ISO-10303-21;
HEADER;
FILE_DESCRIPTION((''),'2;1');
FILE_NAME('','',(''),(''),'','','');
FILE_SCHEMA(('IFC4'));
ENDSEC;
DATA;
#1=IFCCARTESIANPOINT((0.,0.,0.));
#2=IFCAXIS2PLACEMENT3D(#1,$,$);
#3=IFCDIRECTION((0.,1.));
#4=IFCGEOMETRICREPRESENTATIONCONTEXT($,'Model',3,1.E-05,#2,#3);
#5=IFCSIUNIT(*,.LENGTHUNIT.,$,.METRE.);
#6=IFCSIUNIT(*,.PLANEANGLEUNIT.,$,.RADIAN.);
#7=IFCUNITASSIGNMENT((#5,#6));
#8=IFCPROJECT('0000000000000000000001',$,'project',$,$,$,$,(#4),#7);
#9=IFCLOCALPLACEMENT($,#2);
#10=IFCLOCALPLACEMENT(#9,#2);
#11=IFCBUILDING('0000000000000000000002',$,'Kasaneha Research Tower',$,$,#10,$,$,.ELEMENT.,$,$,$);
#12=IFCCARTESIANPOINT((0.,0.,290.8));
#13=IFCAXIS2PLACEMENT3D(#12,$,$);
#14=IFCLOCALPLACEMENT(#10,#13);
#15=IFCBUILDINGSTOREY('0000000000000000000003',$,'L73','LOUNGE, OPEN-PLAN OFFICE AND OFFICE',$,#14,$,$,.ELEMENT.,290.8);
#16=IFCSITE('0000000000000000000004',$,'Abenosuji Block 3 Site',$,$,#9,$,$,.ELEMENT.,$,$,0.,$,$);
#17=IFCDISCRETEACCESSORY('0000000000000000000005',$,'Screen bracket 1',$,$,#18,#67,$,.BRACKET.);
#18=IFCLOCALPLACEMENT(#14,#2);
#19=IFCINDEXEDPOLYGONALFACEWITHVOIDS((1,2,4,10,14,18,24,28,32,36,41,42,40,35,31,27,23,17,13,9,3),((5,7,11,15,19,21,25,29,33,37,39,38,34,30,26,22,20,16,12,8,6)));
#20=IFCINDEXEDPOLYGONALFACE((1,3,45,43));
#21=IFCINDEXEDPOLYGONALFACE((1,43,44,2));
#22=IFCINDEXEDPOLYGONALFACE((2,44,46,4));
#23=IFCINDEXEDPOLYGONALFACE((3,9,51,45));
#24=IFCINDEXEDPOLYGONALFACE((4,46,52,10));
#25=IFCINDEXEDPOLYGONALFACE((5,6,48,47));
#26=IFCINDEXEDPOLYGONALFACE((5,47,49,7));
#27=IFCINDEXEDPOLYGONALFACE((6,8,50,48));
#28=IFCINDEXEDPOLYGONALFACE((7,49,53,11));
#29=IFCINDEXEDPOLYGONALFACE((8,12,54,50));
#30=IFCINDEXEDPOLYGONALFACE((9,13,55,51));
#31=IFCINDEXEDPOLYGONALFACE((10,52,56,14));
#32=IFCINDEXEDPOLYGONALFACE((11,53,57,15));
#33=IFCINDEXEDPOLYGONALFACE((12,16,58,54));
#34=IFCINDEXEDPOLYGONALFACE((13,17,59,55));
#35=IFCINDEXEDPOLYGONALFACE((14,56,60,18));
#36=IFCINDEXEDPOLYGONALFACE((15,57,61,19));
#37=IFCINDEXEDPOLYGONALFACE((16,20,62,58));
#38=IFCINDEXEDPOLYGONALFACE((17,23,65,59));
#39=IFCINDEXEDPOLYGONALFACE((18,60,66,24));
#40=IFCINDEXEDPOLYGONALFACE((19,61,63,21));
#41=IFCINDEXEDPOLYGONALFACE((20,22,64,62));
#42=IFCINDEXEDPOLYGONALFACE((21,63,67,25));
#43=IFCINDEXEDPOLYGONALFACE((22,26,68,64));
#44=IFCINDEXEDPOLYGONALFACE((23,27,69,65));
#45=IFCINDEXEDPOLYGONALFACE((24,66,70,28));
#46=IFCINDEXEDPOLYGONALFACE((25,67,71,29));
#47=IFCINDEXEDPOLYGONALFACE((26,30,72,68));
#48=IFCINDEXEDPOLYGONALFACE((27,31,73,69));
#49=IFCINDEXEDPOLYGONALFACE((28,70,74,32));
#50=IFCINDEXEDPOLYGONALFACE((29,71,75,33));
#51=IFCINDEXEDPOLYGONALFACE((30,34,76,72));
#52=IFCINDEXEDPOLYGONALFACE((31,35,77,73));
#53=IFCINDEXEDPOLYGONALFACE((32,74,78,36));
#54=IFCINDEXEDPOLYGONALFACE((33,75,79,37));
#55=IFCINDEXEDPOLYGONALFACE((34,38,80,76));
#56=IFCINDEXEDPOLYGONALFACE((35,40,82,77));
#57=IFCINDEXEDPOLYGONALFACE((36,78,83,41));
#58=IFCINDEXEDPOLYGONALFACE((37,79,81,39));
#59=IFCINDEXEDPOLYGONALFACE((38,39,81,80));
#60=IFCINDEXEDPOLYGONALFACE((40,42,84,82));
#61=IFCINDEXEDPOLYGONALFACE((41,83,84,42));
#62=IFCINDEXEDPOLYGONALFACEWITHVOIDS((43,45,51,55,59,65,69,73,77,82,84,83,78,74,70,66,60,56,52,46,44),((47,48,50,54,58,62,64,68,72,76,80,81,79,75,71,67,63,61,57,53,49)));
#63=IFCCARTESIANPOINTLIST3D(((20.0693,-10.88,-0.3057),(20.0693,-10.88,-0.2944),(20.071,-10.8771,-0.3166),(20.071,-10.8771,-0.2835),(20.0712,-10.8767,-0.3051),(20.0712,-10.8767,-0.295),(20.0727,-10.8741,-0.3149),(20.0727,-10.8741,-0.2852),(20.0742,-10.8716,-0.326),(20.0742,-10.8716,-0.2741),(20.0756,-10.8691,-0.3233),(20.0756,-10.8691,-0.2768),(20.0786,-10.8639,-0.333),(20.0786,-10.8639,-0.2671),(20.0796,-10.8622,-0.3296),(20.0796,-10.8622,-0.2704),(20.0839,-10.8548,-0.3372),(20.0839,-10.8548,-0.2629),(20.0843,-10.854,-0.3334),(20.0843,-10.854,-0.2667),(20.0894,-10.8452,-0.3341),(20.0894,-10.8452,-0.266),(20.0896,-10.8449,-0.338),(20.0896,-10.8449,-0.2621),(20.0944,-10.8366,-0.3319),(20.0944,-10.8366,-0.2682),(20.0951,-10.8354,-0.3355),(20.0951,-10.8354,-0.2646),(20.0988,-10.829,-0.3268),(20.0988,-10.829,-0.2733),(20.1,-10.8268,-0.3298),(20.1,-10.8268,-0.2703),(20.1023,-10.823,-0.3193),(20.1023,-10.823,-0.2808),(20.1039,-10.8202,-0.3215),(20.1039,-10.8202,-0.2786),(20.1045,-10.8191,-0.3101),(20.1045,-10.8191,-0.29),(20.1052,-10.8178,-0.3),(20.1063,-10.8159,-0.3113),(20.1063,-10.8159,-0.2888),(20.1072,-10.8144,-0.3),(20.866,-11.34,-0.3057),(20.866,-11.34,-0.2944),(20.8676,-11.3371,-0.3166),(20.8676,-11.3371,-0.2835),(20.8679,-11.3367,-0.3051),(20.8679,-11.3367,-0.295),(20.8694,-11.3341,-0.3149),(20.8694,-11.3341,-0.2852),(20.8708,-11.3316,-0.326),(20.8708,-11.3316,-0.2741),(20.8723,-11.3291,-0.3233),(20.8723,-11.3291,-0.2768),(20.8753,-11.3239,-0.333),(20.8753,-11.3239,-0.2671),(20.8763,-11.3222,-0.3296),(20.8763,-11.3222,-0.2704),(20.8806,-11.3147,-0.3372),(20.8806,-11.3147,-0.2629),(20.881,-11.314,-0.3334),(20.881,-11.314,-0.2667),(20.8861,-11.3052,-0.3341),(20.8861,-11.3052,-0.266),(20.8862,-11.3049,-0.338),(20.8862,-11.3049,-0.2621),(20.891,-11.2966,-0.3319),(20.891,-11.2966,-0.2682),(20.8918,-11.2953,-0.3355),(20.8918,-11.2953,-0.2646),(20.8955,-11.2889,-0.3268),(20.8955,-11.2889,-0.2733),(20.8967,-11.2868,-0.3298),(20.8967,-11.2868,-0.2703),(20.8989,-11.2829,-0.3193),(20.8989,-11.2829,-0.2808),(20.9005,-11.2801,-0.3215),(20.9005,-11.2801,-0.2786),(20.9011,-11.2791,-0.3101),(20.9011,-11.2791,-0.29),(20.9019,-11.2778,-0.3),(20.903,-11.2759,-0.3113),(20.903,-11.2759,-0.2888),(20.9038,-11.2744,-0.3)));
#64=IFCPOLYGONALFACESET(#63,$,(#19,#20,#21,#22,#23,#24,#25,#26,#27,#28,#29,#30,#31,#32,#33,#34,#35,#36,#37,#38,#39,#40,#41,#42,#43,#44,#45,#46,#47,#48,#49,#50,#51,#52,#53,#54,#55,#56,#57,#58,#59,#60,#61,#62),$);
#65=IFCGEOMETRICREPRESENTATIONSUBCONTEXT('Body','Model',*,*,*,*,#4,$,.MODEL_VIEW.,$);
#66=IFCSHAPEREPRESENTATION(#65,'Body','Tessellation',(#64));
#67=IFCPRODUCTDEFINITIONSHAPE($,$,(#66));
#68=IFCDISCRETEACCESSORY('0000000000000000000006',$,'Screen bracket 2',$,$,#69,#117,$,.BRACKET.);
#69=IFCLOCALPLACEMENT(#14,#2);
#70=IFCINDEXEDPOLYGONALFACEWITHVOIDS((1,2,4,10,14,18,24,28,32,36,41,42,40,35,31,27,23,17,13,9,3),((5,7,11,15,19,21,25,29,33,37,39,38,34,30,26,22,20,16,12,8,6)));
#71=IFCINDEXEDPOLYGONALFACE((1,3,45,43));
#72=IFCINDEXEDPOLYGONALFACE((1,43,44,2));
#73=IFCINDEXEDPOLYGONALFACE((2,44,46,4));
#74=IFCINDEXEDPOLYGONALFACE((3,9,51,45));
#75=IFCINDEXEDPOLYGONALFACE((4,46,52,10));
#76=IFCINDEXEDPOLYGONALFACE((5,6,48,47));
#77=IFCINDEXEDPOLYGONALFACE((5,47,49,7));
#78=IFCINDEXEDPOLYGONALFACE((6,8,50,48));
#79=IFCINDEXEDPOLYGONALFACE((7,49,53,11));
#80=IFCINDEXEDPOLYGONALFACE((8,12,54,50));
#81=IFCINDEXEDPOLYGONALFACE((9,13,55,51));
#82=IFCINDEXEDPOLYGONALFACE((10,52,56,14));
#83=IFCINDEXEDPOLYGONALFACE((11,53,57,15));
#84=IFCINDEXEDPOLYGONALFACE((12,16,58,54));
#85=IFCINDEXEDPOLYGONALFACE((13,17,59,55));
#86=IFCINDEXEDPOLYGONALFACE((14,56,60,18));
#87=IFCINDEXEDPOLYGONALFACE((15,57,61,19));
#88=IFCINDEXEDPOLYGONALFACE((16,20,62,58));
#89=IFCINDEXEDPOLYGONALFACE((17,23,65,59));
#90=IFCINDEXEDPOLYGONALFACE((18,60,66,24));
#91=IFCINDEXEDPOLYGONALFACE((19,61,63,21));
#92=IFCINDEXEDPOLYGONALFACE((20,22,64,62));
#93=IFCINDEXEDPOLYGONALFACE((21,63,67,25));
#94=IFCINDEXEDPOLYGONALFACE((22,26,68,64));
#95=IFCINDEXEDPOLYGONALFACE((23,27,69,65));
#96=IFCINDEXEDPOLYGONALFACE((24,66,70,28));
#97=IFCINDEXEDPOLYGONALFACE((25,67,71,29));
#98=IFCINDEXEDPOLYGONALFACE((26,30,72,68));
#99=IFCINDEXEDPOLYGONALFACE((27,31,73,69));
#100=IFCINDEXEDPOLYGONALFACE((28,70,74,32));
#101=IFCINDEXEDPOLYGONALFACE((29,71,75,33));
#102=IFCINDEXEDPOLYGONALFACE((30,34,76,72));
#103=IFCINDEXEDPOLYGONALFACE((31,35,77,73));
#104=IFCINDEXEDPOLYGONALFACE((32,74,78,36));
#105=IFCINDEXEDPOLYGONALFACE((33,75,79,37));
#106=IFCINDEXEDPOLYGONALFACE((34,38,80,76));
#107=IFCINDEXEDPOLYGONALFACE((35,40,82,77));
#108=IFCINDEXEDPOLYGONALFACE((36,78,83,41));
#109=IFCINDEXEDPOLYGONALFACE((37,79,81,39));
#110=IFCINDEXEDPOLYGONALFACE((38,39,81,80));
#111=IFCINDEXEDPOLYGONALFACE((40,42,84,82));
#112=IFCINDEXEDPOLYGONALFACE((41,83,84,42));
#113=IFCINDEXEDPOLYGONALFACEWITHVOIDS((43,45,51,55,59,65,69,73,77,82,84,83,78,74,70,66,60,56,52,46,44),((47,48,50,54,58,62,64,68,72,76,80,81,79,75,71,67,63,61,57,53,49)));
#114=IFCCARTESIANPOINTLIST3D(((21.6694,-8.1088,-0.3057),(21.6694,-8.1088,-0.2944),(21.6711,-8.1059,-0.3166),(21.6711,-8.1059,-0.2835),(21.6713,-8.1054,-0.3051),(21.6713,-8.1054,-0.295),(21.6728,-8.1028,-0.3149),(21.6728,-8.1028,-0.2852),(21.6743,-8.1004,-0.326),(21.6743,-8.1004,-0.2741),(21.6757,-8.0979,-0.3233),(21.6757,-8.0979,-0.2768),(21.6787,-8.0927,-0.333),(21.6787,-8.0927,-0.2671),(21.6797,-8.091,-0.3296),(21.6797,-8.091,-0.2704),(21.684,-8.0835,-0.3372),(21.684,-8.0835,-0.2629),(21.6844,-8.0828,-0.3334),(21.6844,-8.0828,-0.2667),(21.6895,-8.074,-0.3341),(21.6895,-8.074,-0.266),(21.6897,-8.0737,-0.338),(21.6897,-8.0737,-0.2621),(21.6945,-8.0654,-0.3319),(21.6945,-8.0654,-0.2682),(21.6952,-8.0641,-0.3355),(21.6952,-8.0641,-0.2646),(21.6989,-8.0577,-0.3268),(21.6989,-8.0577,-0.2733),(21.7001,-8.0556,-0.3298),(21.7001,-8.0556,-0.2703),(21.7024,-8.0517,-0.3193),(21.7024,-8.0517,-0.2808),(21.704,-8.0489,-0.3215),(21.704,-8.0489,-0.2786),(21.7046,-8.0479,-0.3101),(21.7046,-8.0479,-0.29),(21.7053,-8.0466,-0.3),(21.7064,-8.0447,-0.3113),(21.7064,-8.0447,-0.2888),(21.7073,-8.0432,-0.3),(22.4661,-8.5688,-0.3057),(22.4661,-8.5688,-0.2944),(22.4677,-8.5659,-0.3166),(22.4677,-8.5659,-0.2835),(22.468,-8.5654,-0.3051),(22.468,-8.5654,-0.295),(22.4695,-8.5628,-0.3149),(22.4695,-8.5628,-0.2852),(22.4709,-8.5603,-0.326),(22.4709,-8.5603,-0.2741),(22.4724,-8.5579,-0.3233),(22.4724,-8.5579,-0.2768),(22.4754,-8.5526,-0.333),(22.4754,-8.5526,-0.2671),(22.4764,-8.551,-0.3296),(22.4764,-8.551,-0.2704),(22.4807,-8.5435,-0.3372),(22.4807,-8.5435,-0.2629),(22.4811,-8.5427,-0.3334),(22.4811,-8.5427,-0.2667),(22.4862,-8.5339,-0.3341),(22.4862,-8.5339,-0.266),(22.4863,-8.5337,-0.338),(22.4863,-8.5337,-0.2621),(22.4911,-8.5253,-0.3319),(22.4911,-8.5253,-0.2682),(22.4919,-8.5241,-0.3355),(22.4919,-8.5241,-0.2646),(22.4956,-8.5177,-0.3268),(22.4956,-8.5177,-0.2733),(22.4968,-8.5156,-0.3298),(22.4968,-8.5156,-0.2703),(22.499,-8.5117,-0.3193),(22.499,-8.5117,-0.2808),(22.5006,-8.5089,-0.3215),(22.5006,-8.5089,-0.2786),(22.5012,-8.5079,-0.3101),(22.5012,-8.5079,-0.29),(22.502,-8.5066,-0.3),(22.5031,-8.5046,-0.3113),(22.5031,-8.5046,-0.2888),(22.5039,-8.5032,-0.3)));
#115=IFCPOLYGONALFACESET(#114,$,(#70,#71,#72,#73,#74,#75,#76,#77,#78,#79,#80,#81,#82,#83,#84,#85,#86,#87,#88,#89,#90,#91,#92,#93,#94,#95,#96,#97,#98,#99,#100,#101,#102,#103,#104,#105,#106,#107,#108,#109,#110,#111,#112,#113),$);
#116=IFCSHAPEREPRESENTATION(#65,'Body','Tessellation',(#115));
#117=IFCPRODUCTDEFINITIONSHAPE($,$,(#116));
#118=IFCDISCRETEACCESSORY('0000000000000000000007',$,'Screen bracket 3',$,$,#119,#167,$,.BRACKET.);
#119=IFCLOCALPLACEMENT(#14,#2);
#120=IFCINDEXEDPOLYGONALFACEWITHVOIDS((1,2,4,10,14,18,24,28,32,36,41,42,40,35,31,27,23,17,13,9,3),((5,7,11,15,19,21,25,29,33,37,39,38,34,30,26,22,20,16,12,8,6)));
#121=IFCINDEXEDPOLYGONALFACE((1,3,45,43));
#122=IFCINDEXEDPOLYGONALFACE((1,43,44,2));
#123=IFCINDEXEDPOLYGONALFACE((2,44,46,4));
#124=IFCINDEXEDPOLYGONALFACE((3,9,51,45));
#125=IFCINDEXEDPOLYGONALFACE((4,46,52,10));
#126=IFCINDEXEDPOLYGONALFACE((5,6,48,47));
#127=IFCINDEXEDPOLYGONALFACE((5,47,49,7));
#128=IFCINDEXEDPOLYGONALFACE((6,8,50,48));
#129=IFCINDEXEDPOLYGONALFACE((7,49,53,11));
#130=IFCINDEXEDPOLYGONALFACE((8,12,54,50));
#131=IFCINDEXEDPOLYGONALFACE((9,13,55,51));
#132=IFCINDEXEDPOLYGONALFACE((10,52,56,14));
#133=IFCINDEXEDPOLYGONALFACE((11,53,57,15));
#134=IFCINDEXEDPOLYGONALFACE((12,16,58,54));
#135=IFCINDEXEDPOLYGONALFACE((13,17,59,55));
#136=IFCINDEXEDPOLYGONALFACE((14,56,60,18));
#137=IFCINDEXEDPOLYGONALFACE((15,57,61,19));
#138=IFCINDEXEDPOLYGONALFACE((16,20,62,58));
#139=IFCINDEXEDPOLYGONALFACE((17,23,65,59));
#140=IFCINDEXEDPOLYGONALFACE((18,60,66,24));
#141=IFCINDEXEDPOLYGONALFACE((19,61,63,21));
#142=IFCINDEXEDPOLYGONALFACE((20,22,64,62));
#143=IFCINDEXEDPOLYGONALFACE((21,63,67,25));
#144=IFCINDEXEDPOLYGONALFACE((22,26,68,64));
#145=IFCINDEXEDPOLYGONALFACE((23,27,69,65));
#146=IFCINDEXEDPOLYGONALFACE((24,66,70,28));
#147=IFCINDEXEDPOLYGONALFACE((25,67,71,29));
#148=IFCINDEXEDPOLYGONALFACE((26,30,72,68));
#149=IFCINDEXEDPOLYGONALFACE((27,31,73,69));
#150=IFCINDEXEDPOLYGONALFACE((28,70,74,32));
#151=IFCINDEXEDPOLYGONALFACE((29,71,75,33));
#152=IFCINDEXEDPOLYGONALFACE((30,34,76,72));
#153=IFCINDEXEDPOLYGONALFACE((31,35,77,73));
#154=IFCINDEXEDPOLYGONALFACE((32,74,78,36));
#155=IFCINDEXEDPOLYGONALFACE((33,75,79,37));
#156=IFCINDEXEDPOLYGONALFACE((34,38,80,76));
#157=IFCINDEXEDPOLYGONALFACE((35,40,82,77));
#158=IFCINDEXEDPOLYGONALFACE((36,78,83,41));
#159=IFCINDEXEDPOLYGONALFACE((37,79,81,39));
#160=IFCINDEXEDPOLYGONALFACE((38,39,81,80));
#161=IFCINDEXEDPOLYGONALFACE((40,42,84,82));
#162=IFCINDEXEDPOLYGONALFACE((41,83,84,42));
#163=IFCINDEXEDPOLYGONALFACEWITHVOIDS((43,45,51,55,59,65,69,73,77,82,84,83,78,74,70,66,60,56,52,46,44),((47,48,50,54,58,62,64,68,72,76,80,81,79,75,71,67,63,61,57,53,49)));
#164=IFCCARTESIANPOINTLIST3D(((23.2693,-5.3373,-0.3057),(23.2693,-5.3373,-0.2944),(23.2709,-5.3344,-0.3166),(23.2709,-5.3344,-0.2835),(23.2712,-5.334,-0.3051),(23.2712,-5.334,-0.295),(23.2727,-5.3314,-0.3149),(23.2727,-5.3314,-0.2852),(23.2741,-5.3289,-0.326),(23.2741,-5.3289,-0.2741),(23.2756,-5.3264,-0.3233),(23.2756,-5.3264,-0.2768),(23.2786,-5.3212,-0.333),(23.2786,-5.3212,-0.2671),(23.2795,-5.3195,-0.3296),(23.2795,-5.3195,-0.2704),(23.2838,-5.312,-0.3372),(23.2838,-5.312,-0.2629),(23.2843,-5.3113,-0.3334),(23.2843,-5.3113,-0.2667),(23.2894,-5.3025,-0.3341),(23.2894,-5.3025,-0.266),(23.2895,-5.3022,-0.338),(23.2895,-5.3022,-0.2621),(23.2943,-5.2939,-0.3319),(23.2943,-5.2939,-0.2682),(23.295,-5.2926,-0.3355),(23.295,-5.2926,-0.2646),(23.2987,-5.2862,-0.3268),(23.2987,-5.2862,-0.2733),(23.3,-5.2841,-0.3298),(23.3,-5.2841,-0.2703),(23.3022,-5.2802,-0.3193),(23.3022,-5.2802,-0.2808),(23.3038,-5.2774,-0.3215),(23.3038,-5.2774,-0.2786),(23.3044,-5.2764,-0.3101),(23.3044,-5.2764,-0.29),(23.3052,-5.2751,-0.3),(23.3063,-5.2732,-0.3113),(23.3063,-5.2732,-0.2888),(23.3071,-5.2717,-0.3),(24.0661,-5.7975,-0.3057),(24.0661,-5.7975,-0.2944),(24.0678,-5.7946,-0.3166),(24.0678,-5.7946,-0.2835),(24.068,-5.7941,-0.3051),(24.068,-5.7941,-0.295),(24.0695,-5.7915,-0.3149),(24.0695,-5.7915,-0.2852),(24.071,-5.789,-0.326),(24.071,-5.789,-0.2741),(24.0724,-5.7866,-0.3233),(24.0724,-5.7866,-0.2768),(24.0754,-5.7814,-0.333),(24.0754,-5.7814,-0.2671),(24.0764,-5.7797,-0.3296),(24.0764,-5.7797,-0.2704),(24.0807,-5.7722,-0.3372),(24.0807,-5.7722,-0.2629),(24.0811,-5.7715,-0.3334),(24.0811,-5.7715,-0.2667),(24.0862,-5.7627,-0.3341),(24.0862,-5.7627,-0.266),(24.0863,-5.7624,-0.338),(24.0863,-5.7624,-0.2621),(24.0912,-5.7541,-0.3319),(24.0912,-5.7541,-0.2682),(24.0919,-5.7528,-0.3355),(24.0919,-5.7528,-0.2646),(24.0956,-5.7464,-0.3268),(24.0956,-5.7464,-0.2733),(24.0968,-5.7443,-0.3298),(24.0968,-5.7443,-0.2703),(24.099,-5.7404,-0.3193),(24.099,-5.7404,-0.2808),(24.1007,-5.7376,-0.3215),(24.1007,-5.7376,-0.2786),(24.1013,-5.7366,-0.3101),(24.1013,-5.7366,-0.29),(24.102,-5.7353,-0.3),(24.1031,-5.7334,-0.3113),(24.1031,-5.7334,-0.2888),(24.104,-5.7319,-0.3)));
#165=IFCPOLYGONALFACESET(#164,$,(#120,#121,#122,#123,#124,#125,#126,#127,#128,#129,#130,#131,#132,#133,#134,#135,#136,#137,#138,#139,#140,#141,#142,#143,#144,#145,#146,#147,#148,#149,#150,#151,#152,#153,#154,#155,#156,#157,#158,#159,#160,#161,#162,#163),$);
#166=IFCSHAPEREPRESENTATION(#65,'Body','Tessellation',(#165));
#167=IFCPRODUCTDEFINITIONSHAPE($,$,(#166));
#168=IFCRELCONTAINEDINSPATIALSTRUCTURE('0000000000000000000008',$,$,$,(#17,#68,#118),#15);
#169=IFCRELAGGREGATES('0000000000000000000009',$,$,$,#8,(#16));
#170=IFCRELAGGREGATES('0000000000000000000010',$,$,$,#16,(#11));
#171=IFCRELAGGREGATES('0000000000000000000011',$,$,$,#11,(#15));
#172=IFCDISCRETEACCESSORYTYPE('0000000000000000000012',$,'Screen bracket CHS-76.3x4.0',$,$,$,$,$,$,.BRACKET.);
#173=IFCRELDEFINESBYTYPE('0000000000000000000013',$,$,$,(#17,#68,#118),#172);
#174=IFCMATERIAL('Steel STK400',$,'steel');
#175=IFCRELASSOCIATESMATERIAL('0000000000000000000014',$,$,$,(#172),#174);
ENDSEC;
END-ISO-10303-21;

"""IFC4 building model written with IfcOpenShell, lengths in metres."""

from ifc_helpers import new_model, si_unit, direction, frame, origin, origin_2d, place, context, subcontext, project, spatial, hollow_circle, extrude, material, material_profile, profile_set, type_object, element, save


model = new_model("IFC4")

# Units and contexts
model_context = context("Model", 3, precision=1e-05, world=origin(), true_north=direction((0.0, 1.0)))
body_context = subcontext(model_context, "Body", "Model", "MODEL_VIEW")
ifc_project = project(units=[si_unit("LENGTHUNIT", "METRE"), si_unit("PLANEANGLEUNIT", "RADIAN")], contexts=[model_context])

# Site, building, storey
site_placement = place(None, origin())
site = spatial("IfcSite", under=ifc_project, at=site_placement, Name="Abenosuji Block 3 Site", CompositionType="ELEMENT", RefElevation=0.0)
building_placement = place(site_placement, origin())
building = spatial("IfcBuilding", under=site, at=building_placement, Name="Kasaneha Research Tower", CompositionType="ELEMENT")
storey_placement = place(building_placement, frame((0.0, 0.0, 290.8)))
storey = spatial("IfcBuildingStorey", under=building, at=storey_placement, Name="L73", Description="LOUNGE, OPEN-PLAN OFFICE AND OFFICE", CompositionType="ELEMENT", Elevation=290.8)

# Discrete accessories
ifc_material_1 = material(Name="Steel STK400", Category="steel")
ifc_material_profile_1 = material_profile(ifc_material_1, hollow_circle(Radius=0.0381, WallThickness=0.0039, at=origin_2d()), Name="CHS-76.3x4.0")
ifc_profile_set_1 = profile_set([ifc_material_profile_1], Name="Steel STK400")
discrete_accessory_type = type_object("IfcDiscreteAccessoryType", Name="Screen bracket CHS-76.3x4.0", PredefinedType="BRACKET", material=ifc_profile_set_1)
for number, where, z_axis, x_axis, name in (
    (1, (20.0881, -10.8474, -0.3), (0.866013, -0.500021, 0.0), (0.500021, 0.866013, 0.0), "Screen bracket 1"),
    (2, (21.6882, -8.0762, -0.3), (0.866013, -0.500021, 0.0), (0.500021, 0.866013, 0.0), "Screen bracket 2"),
):
    element("IfcDiscreteAccessory", number, at=place(storey_placement, frame(where, z_axis=z_axis, x_axis=x_axis)), inside=storey, type_object=discrete_accessory_type, Name=name, PredefinedType="BRACKET", context=body_context, shape_type="SweptSolid", body=[
        extrude(hollow_circle(Radius=0.0381, WallThickness=0.0039, at=origin_2d()), origin(), (0.0, 0.0, 1.0), 0.9199),
    ])
discrete_accessory_placement = place(storey_placement, frame((23.2881, -5.3047, -0.3), z_axis=(0.865965, -0.500105, 0.0), x_axis=(0.500105, 0.865965, 0.0)))
element("IfcDiscreteAccessory", 3, at=discrete_accessory_placement, inside=storey, type_object=discrete_accessory_type, Name="Screen bracket 3", PredefinedType="BRACKET", context=body_context, shape_type="SweptSolid", body=[
    extrude(hollow_circle(Radius=0.0381, WallThickness=0.0039, at=origin_2d()), origin(), (0.0, 0.0, 1.0), 0.9202),
])

save(model, "model.ifc")
